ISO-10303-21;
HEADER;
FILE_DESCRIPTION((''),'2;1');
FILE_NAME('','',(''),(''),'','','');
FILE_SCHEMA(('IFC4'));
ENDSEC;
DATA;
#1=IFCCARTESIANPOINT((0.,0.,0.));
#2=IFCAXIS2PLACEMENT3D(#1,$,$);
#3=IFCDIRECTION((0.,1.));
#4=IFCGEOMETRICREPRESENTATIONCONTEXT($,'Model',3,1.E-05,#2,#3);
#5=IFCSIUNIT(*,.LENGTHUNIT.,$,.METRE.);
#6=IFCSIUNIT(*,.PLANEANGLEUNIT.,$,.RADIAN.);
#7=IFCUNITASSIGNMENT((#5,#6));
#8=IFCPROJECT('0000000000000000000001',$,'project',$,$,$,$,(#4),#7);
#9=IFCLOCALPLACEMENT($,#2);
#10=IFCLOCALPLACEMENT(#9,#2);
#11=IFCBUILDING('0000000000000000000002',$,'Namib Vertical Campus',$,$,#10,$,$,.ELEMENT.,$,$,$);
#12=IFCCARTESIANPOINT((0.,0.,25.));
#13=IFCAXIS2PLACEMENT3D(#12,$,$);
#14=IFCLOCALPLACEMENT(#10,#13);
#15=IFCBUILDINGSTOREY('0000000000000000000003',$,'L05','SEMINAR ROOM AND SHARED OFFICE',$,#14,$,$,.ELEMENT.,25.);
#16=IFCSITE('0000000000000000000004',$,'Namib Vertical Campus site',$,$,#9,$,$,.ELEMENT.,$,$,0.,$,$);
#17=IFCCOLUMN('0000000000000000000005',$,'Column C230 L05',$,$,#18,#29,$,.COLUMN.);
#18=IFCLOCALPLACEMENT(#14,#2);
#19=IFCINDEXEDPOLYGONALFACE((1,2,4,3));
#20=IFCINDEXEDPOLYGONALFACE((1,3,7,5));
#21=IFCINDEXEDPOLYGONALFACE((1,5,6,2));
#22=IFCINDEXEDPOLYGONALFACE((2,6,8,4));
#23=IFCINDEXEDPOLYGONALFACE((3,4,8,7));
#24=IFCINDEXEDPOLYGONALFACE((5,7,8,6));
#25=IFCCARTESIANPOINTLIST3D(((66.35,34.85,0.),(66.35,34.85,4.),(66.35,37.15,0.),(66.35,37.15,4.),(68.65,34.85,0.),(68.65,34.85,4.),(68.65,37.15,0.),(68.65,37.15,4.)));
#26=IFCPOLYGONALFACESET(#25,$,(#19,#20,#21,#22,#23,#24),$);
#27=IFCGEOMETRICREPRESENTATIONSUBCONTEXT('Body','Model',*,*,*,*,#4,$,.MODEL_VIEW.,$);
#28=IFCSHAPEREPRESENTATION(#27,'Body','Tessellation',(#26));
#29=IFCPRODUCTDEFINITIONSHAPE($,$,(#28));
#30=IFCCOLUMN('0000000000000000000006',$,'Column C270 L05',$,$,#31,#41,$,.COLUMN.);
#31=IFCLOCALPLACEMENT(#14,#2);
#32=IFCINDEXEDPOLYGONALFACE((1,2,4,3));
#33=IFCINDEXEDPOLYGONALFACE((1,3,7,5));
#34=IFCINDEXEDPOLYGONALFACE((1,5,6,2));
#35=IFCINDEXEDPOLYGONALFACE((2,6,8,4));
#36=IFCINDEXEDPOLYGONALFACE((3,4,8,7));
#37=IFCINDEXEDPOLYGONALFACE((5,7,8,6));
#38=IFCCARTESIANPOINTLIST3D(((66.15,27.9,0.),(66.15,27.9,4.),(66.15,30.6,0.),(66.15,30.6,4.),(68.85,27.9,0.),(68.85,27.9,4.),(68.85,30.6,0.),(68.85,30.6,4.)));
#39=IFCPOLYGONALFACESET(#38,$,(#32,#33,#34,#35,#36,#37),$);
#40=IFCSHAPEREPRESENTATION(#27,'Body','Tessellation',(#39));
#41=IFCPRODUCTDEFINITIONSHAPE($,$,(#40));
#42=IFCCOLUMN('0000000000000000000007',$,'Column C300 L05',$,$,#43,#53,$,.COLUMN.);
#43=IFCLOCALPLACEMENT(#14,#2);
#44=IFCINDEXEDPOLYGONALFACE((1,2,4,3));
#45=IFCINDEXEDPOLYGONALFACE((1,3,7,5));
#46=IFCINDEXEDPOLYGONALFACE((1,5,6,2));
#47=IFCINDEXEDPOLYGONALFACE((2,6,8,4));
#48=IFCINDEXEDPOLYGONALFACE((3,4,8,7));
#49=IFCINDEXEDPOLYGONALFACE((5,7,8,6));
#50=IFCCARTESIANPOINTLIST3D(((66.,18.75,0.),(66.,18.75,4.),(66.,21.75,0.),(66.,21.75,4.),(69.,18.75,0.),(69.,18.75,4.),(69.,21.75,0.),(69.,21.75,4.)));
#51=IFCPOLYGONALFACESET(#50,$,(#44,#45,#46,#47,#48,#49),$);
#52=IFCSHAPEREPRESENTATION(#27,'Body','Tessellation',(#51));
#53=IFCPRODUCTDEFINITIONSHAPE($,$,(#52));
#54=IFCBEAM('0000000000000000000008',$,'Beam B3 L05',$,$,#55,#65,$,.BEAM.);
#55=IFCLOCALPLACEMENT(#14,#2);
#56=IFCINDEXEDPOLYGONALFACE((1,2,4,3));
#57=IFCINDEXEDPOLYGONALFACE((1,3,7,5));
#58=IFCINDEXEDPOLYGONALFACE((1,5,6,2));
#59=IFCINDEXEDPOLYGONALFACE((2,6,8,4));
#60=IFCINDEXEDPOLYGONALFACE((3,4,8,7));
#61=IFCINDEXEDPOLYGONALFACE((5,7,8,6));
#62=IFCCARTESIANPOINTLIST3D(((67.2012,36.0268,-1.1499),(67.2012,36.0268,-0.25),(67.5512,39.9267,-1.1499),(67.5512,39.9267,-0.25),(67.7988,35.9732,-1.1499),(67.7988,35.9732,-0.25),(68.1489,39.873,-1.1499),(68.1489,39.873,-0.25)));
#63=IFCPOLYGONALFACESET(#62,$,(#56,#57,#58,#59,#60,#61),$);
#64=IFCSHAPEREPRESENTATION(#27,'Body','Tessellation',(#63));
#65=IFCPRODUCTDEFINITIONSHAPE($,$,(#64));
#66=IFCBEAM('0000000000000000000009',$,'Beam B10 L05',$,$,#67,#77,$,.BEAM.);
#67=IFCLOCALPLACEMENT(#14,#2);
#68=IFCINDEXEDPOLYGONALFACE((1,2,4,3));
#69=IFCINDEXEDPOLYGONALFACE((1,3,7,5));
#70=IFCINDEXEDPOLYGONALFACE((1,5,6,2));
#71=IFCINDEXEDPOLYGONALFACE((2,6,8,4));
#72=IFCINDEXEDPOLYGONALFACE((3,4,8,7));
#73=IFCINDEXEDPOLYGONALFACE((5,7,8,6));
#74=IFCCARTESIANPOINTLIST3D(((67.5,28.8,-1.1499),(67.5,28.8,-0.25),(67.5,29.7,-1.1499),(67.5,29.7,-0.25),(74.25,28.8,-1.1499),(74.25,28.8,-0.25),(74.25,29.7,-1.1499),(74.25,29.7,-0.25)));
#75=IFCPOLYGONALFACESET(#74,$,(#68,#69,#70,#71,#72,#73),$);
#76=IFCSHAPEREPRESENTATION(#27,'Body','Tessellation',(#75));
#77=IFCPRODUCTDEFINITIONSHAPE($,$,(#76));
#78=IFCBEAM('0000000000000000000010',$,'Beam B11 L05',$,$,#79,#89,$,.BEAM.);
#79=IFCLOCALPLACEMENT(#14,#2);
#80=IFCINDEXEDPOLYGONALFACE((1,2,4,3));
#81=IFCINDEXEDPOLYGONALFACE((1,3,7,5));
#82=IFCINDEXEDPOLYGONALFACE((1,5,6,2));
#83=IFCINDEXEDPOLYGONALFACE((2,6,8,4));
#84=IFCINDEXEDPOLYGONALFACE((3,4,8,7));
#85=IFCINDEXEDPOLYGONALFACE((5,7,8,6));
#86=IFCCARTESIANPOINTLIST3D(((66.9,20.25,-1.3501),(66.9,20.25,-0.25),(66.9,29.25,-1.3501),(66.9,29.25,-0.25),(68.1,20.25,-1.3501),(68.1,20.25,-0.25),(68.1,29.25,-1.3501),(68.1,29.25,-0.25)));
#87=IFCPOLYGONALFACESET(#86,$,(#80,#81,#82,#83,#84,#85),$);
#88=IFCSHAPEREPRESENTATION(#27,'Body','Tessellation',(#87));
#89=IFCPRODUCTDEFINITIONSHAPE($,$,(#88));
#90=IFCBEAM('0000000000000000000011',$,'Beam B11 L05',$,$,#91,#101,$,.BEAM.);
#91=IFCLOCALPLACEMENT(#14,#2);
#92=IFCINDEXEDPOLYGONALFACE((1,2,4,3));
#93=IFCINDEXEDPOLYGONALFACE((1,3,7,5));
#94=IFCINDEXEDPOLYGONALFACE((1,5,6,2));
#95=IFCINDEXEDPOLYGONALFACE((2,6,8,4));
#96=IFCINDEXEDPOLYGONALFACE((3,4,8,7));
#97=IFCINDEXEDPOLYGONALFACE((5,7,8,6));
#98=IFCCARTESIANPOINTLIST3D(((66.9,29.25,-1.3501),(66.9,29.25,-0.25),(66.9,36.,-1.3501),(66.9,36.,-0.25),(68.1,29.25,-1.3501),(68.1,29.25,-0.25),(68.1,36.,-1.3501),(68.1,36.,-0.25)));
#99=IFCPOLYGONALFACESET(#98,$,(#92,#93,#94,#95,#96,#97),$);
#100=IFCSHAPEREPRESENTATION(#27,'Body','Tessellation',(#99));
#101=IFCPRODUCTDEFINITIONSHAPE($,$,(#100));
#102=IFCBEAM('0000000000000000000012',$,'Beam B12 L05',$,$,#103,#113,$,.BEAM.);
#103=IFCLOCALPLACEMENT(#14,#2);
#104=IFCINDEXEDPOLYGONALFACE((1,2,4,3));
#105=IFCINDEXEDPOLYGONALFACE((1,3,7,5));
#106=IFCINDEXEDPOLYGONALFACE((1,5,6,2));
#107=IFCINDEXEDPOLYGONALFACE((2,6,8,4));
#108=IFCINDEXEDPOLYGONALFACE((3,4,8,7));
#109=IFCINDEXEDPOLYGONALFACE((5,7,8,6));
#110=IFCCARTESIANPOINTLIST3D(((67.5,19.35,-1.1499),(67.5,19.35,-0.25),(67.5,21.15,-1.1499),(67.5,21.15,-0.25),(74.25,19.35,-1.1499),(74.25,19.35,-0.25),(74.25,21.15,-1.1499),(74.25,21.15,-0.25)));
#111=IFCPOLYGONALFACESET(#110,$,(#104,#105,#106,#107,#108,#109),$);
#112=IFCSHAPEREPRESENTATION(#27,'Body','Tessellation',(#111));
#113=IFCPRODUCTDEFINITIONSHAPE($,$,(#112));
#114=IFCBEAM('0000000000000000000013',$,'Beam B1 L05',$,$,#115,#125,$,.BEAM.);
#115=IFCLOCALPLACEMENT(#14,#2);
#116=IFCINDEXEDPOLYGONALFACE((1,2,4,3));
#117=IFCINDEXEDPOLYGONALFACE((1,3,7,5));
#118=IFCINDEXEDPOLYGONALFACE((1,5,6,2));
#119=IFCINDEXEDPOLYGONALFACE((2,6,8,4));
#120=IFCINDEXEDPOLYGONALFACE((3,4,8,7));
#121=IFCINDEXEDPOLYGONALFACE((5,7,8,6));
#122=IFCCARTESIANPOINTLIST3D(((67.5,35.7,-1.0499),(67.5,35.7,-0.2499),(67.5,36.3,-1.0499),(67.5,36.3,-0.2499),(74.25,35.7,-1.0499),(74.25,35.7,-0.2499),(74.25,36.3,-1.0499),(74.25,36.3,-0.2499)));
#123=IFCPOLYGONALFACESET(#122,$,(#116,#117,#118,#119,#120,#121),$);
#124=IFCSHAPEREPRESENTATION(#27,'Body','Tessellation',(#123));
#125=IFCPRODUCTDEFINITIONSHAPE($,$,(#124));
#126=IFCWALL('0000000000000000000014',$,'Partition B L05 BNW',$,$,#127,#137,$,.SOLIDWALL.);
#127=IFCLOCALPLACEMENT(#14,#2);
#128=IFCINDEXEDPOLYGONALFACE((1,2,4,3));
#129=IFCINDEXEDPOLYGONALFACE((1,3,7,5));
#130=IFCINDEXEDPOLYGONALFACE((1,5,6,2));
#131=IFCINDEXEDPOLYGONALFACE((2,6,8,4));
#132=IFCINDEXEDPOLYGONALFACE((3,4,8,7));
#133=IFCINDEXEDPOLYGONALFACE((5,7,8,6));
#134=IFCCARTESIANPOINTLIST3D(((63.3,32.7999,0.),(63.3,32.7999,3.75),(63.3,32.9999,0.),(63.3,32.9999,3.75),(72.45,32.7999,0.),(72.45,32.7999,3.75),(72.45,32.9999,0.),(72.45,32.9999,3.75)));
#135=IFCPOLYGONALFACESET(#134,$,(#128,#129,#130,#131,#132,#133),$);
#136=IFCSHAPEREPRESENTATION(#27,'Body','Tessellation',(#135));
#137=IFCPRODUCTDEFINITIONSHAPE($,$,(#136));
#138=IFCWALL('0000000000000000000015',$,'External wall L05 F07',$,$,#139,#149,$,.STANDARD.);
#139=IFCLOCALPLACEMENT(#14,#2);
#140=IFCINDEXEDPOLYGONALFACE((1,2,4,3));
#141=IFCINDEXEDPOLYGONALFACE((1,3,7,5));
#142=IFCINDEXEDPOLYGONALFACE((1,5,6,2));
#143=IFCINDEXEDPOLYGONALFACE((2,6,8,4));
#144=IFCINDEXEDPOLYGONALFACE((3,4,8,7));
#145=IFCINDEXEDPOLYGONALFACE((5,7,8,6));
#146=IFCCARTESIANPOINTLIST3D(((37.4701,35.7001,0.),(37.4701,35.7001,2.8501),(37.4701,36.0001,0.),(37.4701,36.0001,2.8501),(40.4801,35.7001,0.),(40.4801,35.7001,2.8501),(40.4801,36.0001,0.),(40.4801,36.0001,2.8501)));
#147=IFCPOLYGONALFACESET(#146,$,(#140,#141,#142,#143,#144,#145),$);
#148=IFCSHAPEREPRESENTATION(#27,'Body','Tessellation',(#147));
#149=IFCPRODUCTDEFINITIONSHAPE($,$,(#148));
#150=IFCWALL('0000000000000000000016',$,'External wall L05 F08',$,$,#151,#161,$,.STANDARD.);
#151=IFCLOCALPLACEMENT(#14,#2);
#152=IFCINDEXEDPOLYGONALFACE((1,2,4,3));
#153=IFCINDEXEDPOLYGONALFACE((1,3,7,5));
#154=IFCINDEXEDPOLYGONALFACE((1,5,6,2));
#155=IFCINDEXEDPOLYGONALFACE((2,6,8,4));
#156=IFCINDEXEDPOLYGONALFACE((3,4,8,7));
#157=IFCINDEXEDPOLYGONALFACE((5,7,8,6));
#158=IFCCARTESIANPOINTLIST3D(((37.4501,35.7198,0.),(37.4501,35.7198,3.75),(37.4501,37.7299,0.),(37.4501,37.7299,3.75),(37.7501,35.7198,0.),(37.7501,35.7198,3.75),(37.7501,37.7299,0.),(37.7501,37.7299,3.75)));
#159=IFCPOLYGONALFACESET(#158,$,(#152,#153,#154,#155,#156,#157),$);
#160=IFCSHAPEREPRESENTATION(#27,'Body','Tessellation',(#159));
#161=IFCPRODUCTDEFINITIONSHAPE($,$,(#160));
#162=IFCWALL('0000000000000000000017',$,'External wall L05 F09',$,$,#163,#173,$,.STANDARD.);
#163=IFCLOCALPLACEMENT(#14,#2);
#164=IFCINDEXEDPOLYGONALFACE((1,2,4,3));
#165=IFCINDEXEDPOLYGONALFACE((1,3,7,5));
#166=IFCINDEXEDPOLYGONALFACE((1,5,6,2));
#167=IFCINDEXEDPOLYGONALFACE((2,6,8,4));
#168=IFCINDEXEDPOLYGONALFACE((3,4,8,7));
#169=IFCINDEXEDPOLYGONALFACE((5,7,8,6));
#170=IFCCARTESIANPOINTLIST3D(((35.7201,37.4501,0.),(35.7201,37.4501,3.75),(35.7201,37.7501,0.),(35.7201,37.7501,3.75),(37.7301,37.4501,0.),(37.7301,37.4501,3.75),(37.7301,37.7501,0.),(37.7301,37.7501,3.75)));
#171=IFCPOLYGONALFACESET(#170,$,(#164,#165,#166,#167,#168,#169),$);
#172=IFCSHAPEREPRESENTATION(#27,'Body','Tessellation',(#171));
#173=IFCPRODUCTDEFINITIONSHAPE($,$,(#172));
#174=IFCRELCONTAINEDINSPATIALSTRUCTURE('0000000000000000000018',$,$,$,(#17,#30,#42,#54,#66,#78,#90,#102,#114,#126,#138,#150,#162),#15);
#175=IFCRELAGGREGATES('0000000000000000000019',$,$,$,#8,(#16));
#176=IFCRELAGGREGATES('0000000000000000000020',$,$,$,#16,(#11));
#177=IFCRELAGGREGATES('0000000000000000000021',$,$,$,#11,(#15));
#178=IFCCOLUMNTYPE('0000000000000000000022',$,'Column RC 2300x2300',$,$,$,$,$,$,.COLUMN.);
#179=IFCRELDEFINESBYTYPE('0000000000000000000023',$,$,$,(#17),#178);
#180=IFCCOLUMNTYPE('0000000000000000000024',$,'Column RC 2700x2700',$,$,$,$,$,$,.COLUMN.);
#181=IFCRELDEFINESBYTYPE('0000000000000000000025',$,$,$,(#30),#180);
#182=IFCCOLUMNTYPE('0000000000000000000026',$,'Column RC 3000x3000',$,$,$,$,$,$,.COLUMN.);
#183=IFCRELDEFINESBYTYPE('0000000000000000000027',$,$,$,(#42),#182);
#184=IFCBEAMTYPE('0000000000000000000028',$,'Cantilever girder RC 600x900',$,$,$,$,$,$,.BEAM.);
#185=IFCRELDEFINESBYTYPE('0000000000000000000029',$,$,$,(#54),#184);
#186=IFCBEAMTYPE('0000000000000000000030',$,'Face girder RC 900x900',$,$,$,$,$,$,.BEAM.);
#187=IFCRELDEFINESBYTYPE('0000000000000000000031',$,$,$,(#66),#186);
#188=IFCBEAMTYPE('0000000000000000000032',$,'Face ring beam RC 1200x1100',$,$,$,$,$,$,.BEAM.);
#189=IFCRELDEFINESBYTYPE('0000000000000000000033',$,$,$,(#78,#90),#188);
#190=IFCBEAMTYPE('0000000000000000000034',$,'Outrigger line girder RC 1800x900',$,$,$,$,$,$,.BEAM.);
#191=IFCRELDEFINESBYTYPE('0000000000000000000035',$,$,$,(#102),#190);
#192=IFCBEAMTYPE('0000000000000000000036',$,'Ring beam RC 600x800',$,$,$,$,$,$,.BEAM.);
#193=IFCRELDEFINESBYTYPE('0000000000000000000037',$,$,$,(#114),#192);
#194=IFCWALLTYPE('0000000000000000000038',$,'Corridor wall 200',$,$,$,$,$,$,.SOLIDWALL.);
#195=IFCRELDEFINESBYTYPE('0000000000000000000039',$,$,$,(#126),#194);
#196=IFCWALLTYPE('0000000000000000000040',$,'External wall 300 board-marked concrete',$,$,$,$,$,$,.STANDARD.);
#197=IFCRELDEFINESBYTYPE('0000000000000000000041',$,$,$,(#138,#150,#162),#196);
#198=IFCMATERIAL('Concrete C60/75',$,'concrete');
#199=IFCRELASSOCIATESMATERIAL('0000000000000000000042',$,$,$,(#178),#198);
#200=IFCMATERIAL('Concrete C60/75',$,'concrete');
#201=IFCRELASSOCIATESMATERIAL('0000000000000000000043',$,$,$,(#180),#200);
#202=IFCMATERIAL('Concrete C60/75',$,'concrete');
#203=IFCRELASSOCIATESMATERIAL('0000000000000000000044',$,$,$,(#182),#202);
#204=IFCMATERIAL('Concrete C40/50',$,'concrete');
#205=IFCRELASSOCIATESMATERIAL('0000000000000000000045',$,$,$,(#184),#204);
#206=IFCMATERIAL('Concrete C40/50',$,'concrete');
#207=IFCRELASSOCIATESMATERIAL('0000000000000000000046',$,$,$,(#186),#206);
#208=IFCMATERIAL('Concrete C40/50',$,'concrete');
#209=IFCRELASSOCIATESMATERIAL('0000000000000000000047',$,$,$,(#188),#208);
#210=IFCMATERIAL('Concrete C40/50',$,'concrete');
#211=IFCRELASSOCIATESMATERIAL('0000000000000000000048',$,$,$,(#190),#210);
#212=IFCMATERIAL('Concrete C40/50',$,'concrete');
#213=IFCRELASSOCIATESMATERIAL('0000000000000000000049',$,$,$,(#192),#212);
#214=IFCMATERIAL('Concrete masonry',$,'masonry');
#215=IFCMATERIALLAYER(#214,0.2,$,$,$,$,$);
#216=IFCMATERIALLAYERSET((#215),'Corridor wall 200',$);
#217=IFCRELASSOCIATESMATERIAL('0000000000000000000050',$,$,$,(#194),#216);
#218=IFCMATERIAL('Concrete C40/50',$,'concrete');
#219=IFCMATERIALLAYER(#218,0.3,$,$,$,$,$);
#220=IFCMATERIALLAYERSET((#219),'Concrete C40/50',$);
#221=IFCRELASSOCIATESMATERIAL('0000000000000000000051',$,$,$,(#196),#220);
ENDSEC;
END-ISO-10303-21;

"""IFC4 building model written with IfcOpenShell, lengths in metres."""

from ifc_helpers import new_model, si_unit, direction, frame, frame_2d, origin, origin_2d, place, context, subcontext, project, spatial, rectangle, extrude, material, layer, layer_set, material_profile, profile_set, type_object, element, save


model = new_model("IFC4")

# Units and contexts
model_context = context("Model", 3, precision=1e-05, world=origin(), true_north=direction((0.0, 1.0)))
body_context = subcontext(model_context, "Body", "Model", "MODEL_VIEW")
ifc_project = project(units=[si_unit("LENGTHUNIT", "METRE"), si_unit("PLANEANGLEUNIT", "RADIAN")], contexts=[model_context])

# Site, building, storey
site_placement = place(None, origin())
site = spatial("IfcSite", under=ifc_project, at=site_placement, Name="Namib Vertical Campus site", CompositionType="ELEMENT", RefElevation=0.0)
building_placement = place(site_placement, origin())
building = spatial("IfcBuilding", under=site, at=building_placement, Name="Namib Vertical Campus", CompositionType="ELEMENT")
storey_placement = place(building_placement, frame((0.0, 0.0, 25.0)))
storey = spatial("IfcBuildingStorey", under=building, at=storey_placement, Name="L05", Description="SEMINAR ROOM AND SHARED OFFICE", CompositionType="ELEMENT", Elevation=25.0)

# Columns
ifc_material_1 = material(Name="Concrete C60/75", Category="concrete")
ifc_material_profile_1 = material_profile(ifc_material_1, rectangle(XDim=2.3, YDim=2.3, at=origin_2d()))
ifc_profile_set_1 = profile_set([ifc_material_profile_1], Name="Concrete C60/75")
column_type_1 = type_object("IfcColumnType", Name="Column RC 2300x2300", PredefinedType="COLUMN", material=ifc_profile_set_1)
column_1_placement = place(storey_placement, frame((67.5, 36.0, 0.0), z_axis=(0.0, 0.0, 1.0), x_axis=(1.0, 0.0, 0.0)))
element("IfcColumn", 1, at=column_1_placement, inside=storey, type_object=column_type_1, Name="Column C230 L05", PredefinedType="COLUMN", context=body_context, shape_type="SweptSolid", body=[
    extrude(rectangle(XDim=2.3, YDim=2.3, at=origin_2d()), origin(), (0.0, 0.0, 1.0), 4.0),
])
ifc_material_2 = material(Name="Concrete C60/75", Category="concrete")
ifc_material_profile_2 = material_profile(ifc_material_2, rectangle(XDim=2.7, YDim=2.7, at=origin_2d()))
ifc_profile_set_2 = profile_set([ifc_material_profile_2], Name="Concrete C60/75")
column_type_2 = type_object("IfcColumnType", Name="Column RC 2700x2700", PredefinedType="COLUMN", material=ifc_profile_set_2)
column_2_placement = place(storey_placement, frame((67.5, 29.25, 0.0), z_axis=(0.0, 0.0, 1.0), x_axis=(1.0, 0.0, 0.0)))
element("IfcColumn", 2, at=column_2_placement, inside=storey, type_object=column_type_2, Name="Column C270 L05", PredefinedType="COLUMN", context=body_context, shape_type="SweptSolid", body=[
    extrude(rectangle(XDim=2.7, YDim=2.7, at=origin_2d()), origin(), (0.0, 0.0, 1.0), 4.0),
])
ifc_material_3 = material(Name="Concrete C60/75", Category="concrete")
ifc_material_profile_3 = material_profile(ifc_material_3, rectangle(XDim=3.0, YDim=3.0, at=origin_2d()))
ifc_profile_set_3 = profile_set([ifc_material_profile_3], Name="Concrete C60/75")
column_type_3 = type_object("IfcColumnType", Name="Column RC 3000x3000", PredefinedType="COLUMN", material=ifc_profile_set_3)
column_3_placement = place(storey_placement, frame((67.5, 20.25, 0.0), z_axis=(0.0, 0.0, 1.0), x_axis=(1.0, 0.0, 0.0)))
element("IfcColumn", 3, at=column_3_placement, inside=storey, type_object=column_type_3, Name="Column C300 L05", PredefinedType="COLUMN", context=body_context, shape_type="SweptSolid", body=[
    extrude(rectangle(XDim=3.0, YDim=3.0, at=origin_2d()), origin(), (0.0, 0.0, 1.0), 4.0),
])

# Beams
ifc_material_4 = material(Name="Concrete C40/50", Category="concrete")
ifc_material_profile_4 = material_profile(ifc_material_4, rectangle(XDim=0.6001, YDim=0.8999, at=origin_2d()))
ifc_profile_set_4 = profile_set([ifc_material_profile_4], Name="Concrete C40/50")
beam_type_1 = type_object("IfcBeamType", Name="Cantilever girder RC 600x900", PredefinedType="BEAM", material=ifc_profile_set_4)
beam_1_placement = place(storey_placement, frame((67.5, 36.0, -0.7), z_axis=(0.089411, 0.995995, 0.0), x_axis=(-0.995995, 0.089411, 0.0)))
element("IfcBeam", 4, at=beam_1_placement, inside=storey, type_object=beam_type_1, Name="Beam B3 L05", PredefinedType="BEAM", context=body_context, shape_type="SweptSolid", body=[
    extrude(rectangle(XDim=0.6001, YDim=0.8999, at=origin_2d()), origin(), (0.0, 0.0, 1.0), 3.9155),
])
ifc_material_5 = material(Name="Concrete C40/50", Category="concrete")
ifc_material_profile_5 = material_profile(ifc_material_5, rectangle(XDim=0.8999, YDim=0.8999, at=origin_2d()))
ifc_profile_set_5 = profile_set([ifc_material_profile_5], Name="Concrete C40/50")
beam_type_2 = type_object("IfcBeamType", Name="Face girder RC 900x900", PredefinedType="BEAM", material=ifc_profile_set_5)
beam_2_placement = place(storey_placement, frame((67.5, 29.25, -0.7), z_axis=(1.0, 0.0, 0.0), x_axis=(0.0, 1.0, 0.0)))
element("IfcBeam", 5, at=beam_2_placement, inside=storey, type_object=beam_type_2, Name="Beam B10 L05", PredefinedType="BEAM", context=body_context, shape_type="SweptSolid", body=[
    extrude(rectangle(XDim=0.8999, YDim=0.8999, at=origin_2d()), origin(), (0.0, 0.0, 1.0), 6.75),
])
ifc_material_6 = material(Name="Concrete C40/50", Category="concrete")
ifc_material_profile_6 = material_profile(ifc_material_6, rectangle(XDim=1.2, YDim=1.1001, at=origin_2d()))
ifc_profile_set_6 = profile_set([ifc_material_profile_6], Name="Concrete C40/50")
beam_type_3 = type_object("IfcBeamType", Name="Face ring beam RC 1200x1100", PredefinedType="BEAM", material=ifc_profile_set_6)
beam_3_placement = place(storey_placement, frame((67.5, 20.25, -0.8), z_axis=(0.0, 1.0, 0.0), x_axis=(-1.0, 0.0, 0.0)))
element("IfcBeam", 6, at=beam_3_placement, inside=storey, type_object=beam_type_3, Name="Beam B11 L05", PredefinedType="BEAM", context=body_context, shape_type="SweptSolid", body=[
    extrude(rectangle(XDim=1.2, YDim=1.1001, at=origin_2d()), origin(), (0.0, 0.0, 1.0), 9.0),
])
beam_4_placement = place(storey_placement, frame((67.5, 29.25, -0.8), z_axis=(0.0, 1.0, 0.0), x_axis=(-1.0, 0.0, 0.0)))
element("IfcBeam", 7, at=beam_4_placement, inside=storey, type_object=beam_type_3, Name="Beam B11 L05", PredefinedType="BEAM", context=body_context, shape_type="SweptSolid", body=[
    extrude(rectangle(XDim=1.2, YDim=1.1001, at=origin_2d()), origin(), (0.0, 0.0, 1.0), 6.75),
])
ifc_material_7 = material(Name="Concrete C40/50", Category="concrete")
ifc_material_profile_7 = material_profile(ifc_material_7, rectangle(XDim=1.8, YDim=0.8999, at=origin_2d()))
ifc_profile_set_7 = profile_set([ifc_material_profile_7], Name="Concrete C40/50")
beam_type_4 = type_object("IfcBeamType", Name="Outrigger line girder RC 1800x900", PredefinedType="BEAM", material=ifc_profile_set_7)
beam_5_placement = place(storey_placement, frame((67.5, 20.25, -0.7), z_axis=(1.0, 0.0, 0.0), x_axis=(0.0, 1.0, 0.0)))
element("IfcBeam", 8, at=beam_5_placement, inside=storey, type_object=beam_type_4, Name="Beam B12 L05", PredefinedType="BEAM", context=body_context, shape_type="SweptSolid", body=[
    extrude(rectangle(XDim=1.8, YDim=0.8999, at=origin_2d()), origin(), (0.0, 0.0, 1.0), 6.75),
])
ifc_material_8 = material(Name="Concrete C40/50", Category="concrete")
ifc_material_profile_8 = material_profile(ifc_material_8, rectangle(XDim=0.6001, YDim=0.8, at=origin_2d()))
ifc_profile_set_8 = profile_set([ifc_material_profile_8], Name="Concrete C40/50")
beam_type_5 = type_object("IfcBeamType", Name="Ring beam RC 600x800", PredefinedType="BEAM", material=ifc_profile_set_8)
beam_6_placement = place(storey_placement, frame((67.5, 36.0, -0.6499), z_axis=(1.0, 0.0, 0.0), x_axis=(0.0, 1.0, 0.0)))
element("IfcBeam", 9, at=beam_6_placement, inside=storey, type_object=beam_type_5, Name="Beam B1 L05", PredefinedType="BEAM", context=body_context, shape_type="SweptSolid", body=[
    extrude(rectangle(XDim=0.6001, YDim=0.8, at=origin_2d()), origin(), (0.0, 0.0, 1.0), 6.75),
])

# Walls
ifc_material_9 = material(Name="Concrete masonry", Category="masonry")
ifc_layer_1 = layer(ifc_material_9, 0.2)
ifc_layer_set_1 = layer_set([ifc_layer_1], Name="Corridor wall 200")
wall_type_1 = type_object("IfcWallType", Name="Corridor wall 200", PredefinedType="SOLIDWALL", material=ifc_layer_set_1)
wall_1_placement = place(storey_placement, frame((63.3, 32.8999, 0.0), z_axis=(0.0, 0.0, 1.0), x_axis=(1.0, 0.0, 0.0)))
element("IfcWall", 10, at=wall_1_placement, inside=storey, type_object=wall_type_1, Name="Partition B L05 BNW", PredefinedType="SOLIDWALL", context=body_context, shape_type="SweptSolid", body=[
    extrude(rectangle(XDim=9.1499, YDim=0.2, at=frame_2d((4.575, 0.0))), origin(), (0.0, 0.0, 1.0), 3.75),
])
ifc_material_10 = material(Name="Concrete C40/50", Category="concrete")
ifc_layer_2 = layer(ifc_material_10, 0.3)
ifc_layer_set_2 = layer_set([ifc_layer_2], Name="Concrete C40/50")
wall_type_2 = type_object("IfcWallType", Name="External wall 300 board-marked concrete", PredefinedType="STANDARD", material=ifc_layer_set_2)
wall_2_placement = place(storey_placement, frame((40.48, 35.8501, 0.0), z_axis=(0.0, 0.0, 1.0), x_axis=(-1.0, 0.0, 0.0)))
element("IfcWall", 11, at=wall_2_placement, inside=storey, type_object=wall_type_2, Name="External wall L05 F07", PredefinedType="STANDARD", context=body_context, shape_type="SweptSolid", body=[
    extrude(rectangle(XDim=3.01, YDim=0.3, at=frame_2d((1.5049, 0.0))), origin(), (0.0, 0.0, 1.0), 2.8501),
])
for number, where, z_axis, x_axis, name in (
    (12, (37.6001, 35.72, 0.0), (0.0, 0.0, 1.0), (0.0, 1.0, 0.0), "External wall L05 F08"),
    (13, (37.73, 37.6001, 0.0), (0.0, 0.0, 1.0), (-1.0, 0.0, 0.0), "External wall L05 F09"),
):
    element("IfcWall", number, at=place(storey_placement, frame(where, z_axis=z_axis, x_axis=x_axis)), inside=storey, type_object=wall_type_2, Name=name, PredefinedType="STANDARD", context=body_context, shape_type="SweptSolid", body=[
        extrude(rectangle(XDim=2.01, YDim=0.3, at=frame_2d((1.0049, 0.0))), origin(), (0.0, 0.0, 1.0), 3.75),
    ])

save(model, "model.ifc")
